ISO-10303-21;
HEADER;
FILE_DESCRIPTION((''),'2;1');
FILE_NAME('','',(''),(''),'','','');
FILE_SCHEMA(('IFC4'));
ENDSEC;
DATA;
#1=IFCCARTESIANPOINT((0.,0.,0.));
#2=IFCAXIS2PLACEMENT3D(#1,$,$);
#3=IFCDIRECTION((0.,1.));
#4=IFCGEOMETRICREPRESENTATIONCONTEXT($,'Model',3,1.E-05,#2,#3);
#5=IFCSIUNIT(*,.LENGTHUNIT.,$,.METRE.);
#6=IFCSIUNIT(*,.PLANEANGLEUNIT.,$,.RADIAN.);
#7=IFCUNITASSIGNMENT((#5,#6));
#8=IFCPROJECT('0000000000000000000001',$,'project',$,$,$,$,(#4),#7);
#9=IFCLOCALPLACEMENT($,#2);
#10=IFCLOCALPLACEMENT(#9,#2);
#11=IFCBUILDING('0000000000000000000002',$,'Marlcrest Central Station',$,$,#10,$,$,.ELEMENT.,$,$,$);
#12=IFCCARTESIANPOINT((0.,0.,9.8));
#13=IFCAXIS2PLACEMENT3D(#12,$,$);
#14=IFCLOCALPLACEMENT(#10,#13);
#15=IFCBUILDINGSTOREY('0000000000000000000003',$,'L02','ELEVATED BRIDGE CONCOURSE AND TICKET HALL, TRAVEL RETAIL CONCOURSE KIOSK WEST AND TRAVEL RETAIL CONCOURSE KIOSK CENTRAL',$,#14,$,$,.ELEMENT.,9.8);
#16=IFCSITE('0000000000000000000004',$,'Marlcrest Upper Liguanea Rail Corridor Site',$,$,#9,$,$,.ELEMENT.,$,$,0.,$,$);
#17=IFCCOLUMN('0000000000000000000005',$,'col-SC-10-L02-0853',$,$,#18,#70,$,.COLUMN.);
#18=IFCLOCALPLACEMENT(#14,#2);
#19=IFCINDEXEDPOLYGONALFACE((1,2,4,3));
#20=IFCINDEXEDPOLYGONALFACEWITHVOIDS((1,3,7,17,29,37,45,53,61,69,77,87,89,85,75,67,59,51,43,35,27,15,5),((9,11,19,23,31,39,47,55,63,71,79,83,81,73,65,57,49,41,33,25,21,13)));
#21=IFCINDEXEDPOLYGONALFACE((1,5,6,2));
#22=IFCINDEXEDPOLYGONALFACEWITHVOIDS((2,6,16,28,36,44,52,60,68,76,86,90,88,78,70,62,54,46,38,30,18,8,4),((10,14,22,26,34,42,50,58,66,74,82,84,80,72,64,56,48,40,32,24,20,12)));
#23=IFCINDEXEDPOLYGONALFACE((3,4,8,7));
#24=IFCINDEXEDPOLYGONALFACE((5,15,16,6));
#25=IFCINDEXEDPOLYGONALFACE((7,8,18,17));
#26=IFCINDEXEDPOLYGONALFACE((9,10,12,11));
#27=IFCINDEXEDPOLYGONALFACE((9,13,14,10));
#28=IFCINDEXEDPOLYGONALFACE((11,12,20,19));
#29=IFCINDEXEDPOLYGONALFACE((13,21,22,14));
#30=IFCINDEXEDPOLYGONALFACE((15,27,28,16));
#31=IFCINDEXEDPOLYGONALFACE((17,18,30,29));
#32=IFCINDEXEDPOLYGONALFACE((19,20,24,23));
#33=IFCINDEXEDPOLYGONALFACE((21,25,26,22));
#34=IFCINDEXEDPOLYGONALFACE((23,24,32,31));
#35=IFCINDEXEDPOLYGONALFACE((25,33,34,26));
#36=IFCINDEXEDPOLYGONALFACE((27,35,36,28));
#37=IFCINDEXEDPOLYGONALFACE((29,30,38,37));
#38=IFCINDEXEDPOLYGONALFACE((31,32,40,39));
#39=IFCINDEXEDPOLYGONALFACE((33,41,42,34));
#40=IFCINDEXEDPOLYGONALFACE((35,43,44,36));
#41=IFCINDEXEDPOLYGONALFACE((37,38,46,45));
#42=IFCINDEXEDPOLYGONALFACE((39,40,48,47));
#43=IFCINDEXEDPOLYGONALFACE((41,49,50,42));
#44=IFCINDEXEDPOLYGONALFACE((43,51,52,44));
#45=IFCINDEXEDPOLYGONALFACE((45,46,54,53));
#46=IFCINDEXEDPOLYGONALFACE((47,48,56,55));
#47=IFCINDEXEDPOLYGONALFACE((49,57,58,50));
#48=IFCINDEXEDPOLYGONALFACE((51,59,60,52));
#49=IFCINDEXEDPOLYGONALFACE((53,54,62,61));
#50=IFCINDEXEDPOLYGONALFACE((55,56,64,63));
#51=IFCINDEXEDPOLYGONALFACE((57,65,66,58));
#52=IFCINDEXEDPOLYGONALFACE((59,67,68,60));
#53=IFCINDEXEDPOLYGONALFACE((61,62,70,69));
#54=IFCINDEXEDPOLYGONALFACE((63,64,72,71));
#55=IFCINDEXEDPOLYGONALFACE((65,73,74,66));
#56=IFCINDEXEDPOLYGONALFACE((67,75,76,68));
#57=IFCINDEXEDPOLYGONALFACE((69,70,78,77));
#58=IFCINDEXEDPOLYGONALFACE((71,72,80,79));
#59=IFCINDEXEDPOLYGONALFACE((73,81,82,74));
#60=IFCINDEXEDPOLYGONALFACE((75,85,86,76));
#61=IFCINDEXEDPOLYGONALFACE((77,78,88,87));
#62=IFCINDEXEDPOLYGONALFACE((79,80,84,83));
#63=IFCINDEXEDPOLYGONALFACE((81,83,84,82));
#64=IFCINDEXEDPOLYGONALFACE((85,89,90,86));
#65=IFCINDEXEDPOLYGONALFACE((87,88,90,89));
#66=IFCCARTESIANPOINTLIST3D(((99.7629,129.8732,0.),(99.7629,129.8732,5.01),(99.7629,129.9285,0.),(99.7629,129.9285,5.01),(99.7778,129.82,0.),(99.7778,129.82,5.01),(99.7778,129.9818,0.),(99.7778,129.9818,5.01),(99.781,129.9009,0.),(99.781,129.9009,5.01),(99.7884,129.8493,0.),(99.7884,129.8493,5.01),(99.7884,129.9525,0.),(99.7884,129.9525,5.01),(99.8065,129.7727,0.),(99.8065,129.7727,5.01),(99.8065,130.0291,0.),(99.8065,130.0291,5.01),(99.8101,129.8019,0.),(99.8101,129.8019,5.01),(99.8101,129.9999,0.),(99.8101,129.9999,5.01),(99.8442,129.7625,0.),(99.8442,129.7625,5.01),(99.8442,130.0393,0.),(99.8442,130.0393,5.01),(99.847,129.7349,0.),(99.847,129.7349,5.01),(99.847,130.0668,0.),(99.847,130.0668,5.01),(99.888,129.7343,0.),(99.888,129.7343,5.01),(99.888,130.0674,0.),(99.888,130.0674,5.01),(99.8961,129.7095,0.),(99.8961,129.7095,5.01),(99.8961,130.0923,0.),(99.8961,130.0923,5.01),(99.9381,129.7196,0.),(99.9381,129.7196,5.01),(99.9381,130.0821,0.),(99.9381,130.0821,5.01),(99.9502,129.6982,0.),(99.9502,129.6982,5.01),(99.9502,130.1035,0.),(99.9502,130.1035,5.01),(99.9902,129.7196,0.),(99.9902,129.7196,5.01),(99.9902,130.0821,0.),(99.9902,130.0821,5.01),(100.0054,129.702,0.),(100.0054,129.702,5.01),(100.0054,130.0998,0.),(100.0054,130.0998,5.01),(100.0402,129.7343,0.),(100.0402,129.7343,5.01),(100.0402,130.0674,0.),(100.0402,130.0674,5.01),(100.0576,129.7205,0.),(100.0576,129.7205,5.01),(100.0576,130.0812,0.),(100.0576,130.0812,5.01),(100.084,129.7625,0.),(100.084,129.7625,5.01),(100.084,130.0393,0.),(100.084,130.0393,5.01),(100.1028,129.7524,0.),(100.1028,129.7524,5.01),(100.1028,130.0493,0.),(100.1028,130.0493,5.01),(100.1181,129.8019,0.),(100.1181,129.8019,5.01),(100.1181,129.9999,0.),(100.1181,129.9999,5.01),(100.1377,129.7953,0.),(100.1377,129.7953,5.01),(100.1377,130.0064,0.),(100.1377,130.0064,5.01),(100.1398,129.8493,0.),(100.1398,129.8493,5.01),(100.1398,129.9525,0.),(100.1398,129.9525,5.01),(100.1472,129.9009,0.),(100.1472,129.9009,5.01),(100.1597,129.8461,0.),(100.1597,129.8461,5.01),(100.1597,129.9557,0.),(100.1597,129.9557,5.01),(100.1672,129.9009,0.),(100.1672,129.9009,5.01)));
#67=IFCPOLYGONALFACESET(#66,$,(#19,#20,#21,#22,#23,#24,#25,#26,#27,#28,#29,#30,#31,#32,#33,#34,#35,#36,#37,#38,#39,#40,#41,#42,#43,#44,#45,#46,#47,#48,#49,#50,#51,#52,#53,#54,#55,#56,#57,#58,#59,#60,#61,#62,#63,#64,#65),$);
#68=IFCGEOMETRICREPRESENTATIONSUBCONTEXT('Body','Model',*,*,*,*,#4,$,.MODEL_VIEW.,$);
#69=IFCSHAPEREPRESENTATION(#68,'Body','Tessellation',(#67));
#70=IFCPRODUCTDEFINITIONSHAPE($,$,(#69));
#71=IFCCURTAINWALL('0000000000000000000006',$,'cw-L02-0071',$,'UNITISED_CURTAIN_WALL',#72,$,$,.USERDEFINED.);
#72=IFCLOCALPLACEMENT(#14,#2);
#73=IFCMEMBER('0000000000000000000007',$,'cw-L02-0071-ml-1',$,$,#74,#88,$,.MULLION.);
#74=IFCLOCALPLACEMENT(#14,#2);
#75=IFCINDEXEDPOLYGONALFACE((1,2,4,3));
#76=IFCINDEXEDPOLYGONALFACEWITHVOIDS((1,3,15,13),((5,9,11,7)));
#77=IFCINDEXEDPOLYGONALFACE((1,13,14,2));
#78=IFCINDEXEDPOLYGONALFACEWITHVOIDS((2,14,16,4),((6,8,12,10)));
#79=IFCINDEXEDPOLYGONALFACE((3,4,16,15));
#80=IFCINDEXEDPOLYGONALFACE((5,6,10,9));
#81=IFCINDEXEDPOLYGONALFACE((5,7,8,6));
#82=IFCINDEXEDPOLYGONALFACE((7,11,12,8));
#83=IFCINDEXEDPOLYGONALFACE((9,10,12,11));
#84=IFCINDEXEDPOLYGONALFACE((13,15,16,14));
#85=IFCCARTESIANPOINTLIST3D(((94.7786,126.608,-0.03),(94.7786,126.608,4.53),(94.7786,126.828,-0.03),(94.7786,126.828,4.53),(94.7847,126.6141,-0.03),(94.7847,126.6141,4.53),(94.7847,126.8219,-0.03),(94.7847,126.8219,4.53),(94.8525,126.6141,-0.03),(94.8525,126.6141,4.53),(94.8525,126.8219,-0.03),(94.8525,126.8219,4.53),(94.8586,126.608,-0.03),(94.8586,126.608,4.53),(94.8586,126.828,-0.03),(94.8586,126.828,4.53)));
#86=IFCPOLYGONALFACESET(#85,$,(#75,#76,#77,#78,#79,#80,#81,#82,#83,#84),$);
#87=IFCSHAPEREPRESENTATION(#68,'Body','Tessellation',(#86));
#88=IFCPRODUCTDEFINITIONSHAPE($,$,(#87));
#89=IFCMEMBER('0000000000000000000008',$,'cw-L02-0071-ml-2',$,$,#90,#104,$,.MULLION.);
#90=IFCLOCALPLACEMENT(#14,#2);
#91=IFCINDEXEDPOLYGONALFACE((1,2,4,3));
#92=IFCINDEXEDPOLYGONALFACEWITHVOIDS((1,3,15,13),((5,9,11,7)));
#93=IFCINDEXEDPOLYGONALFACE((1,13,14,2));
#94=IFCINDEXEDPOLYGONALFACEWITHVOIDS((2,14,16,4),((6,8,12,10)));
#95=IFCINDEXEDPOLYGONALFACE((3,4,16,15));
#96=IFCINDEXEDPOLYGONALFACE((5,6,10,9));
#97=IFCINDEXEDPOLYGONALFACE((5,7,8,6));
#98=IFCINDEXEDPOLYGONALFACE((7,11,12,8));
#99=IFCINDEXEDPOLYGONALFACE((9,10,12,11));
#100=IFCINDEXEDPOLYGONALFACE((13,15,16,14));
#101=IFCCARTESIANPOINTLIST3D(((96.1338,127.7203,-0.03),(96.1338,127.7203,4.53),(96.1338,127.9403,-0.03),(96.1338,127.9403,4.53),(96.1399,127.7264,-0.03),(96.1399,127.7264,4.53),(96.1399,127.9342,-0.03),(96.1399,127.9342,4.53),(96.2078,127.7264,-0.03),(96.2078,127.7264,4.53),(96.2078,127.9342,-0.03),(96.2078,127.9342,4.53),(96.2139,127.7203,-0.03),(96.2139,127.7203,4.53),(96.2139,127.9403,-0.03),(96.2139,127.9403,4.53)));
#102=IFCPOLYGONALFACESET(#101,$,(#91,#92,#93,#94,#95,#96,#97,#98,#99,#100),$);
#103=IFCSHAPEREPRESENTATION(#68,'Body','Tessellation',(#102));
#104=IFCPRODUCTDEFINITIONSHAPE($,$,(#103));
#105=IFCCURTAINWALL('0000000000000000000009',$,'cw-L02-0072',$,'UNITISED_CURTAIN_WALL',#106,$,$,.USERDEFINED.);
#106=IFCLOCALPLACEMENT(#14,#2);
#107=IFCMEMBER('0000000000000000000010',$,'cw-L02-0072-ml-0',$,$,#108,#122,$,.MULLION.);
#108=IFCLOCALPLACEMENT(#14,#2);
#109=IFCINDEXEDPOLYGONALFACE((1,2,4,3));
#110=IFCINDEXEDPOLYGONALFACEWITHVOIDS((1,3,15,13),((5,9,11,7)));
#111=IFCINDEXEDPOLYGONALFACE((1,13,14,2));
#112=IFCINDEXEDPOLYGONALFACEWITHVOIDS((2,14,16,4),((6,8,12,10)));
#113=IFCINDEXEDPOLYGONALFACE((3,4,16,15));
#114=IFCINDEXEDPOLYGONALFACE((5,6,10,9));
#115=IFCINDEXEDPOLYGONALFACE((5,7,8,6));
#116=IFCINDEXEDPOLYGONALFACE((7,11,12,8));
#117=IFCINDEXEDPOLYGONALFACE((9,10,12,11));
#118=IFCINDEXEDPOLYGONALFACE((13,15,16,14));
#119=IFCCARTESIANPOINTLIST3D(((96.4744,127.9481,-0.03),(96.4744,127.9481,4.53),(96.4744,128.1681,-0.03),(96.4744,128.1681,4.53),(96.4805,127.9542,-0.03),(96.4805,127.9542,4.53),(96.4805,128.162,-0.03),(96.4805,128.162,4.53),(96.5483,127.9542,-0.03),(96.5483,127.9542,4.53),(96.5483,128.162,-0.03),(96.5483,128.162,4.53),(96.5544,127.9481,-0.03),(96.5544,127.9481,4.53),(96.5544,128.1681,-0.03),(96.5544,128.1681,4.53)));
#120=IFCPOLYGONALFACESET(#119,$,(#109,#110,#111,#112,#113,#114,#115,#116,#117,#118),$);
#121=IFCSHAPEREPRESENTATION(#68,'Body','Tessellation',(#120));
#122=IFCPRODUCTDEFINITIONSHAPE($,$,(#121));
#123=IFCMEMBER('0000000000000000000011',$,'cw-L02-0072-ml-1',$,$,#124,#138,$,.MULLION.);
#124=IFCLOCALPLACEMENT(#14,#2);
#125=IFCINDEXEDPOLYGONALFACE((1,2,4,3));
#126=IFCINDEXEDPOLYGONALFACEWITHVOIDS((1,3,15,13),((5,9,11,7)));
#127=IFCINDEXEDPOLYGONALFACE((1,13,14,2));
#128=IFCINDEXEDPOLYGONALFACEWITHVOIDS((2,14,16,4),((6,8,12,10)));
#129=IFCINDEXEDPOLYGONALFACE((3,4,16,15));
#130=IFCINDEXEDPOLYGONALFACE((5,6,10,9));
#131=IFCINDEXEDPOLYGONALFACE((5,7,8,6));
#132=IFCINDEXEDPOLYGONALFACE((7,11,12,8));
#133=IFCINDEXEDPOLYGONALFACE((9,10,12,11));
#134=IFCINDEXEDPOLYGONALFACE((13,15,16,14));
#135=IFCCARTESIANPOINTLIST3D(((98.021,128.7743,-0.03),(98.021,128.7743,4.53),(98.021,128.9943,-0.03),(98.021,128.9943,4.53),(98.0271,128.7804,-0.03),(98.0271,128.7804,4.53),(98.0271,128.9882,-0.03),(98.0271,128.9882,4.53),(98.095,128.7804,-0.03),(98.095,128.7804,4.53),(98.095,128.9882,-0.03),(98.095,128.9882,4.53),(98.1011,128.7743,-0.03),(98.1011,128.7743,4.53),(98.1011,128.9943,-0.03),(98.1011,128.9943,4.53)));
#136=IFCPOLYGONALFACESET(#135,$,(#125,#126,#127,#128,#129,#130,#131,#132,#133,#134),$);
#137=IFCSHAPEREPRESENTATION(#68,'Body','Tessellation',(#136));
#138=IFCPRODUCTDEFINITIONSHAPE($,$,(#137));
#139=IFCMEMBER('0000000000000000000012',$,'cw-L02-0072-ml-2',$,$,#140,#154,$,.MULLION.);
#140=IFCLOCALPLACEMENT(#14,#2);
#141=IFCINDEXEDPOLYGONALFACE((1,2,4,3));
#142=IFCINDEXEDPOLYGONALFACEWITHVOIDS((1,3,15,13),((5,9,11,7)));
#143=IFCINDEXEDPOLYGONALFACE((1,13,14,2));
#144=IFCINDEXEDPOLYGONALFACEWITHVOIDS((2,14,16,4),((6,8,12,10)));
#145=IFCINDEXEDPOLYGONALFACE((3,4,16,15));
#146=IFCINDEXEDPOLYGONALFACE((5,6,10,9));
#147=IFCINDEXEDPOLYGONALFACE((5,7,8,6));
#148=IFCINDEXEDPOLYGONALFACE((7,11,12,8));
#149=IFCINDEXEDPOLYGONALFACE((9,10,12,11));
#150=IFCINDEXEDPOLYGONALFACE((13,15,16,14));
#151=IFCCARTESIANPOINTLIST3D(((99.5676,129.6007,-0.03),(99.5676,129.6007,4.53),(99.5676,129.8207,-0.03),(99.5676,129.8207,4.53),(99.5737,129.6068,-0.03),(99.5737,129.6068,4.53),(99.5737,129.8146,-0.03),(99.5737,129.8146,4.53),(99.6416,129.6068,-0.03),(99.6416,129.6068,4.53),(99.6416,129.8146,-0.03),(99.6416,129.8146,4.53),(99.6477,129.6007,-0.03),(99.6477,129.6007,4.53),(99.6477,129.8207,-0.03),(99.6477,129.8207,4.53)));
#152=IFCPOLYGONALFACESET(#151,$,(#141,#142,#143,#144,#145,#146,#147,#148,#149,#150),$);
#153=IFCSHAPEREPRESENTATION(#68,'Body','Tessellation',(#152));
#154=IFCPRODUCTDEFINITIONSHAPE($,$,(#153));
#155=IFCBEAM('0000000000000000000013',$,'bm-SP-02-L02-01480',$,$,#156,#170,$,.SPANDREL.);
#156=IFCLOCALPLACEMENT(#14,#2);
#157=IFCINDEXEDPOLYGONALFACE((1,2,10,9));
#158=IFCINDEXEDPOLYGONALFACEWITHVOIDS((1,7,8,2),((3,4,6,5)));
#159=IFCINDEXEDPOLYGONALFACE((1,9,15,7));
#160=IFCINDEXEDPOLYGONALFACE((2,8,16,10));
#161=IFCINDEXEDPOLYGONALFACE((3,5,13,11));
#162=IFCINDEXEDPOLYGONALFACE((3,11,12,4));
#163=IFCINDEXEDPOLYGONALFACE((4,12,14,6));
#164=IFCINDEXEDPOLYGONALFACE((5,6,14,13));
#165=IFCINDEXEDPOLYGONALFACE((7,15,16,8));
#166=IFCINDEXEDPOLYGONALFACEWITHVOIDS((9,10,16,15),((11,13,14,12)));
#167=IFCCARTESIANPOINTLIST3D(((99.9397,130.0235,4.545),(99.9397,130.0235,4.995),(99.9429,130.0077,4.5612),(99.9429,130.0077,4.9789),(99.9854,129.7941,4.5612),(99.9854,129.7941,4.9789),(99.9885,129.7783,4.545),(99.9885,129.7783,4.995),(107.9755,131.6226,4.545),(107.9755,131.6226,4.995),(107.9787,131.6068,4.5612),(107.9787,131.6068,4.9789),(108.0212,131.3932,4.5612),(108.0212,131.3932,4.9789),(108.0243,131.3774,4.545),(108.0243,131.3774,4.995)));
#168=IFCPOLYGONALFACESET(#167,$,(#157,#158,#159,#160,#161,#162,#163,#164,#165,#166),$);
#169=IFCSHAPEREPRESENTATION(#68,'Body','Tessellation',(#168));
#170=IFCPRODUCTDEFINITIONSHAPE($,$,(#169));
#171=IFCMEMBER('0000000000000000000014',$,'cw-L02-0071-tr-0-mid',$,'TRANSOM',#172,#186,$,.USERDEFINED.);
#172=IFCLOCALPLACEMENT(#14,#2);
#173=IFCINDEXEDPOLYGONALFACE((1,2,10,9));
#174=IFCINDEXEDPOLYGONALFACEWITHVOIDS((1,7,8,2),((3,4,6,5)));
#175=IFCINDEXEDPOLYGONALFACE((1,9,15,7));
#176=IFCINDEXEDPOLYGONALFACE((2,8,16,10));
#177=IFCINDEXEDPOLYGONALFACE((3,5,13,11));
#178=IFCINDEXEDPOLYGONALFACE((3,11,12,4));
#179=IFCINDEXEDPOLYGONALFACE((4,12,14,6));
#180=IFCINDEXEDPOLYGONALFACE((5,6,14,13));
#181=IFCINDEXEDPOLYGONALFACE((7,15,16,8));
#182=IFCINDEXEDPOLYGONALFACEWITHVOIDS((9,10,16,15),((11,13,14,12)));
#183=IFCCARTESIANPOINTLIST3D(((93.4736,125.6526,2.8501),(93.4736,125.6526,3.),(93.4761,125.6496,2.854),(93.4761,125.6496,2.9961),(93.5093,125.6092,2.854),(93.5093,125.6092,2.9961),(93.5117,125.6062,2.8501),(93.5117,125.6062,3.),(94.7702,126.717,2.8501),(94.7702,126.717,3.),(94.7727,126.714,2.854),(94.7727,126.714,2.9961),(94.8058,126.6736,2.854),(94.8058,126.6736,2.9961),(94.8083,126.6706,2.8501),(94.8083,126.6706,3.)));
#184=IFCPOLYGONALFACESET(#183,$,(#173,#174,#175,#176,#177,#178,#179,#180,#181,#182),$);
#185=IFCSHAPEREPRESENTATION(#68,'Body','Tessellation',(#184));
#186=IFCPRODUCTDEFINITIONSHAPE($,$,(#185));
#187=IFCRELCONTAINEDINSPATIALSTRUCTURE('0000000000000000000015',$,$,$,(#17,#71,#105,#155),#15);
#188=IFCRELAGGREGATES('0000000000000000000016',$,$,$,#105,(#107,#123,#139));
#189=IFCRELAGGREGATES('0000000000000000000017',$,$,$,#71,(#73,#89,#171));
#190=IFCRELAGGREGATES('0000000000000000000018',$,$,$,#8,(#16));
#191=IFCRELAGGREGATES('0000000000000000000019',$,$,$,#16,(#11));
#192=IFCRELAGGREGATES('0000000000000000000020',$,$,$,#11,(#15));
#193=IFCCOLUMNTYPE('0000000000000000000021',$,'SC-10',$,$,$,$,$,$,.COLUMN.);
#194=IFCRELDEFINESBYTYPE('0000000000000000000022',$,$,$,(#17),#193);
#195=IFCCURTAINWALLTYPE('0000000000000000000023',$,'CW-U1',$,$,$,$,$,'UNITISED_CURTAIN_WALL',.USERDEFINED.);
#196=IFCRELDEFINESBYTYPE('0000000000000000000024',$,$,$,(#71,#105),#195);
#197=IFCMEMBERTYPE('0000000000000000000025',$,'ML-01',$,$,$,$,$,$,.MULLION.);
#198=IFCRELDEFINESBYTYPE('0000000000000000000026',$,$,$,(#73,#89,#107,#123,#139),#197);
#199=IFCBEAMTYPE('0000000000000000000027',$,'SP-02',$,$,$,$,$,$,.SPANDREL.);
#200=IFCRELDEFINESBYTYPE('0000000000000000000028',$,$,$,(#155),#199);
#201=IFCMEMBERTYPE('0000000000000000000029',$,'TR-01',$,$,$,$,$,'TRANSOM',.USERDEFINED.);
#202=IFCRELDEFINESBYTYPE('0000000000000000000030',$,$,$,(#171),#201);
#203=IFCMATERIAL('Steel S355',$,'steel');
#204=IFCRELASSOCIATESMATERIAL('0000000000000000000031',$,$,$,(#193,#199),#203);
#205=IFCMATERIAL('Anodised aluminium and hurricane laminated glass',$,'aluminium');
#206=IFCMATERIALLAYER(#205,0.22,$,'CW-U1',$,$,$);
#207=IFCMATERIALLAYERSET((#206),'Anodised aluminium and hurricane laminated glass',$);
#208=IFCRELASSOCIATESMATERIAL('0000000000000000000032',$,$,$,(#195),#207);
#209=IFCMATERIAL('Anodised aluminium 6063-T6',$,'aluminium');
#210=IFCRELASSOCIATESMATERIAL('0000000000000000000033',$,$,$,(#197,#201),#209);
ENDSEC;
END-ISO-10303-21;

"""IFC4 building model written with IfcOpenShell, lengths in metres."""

from ifc_helpers import new_model, si_unit, direction, frame, origin, origin_2d, place, context, subcontext, project, spatial, hollow_rectangle, hollow_circle, extrude, material, layer, layer_set, material_profile, profile_set, type_object, element, aggregate, save


model = new_model("IFC4")

# Units and contexts
model_context = context("Model", 3, precision=1e-05, world=origin(), true_north=direction((0.0, 1.0)))
body_context = subcontext(model_context, "Body", "Model", "MODEL_VIEW")
ifc_project = project(units=[si_unit("LENGTHUNIT", "METRE"), si_unit("PLANEANGLEUNIT", "RADIAN")], contexts=[model_context])

# Site, building, storey
site_placement = place(None, origin())
site = spatial("IfcSite", under=ifc_project, at=site_placement, Name="Marlcrest Upper Liguanea Rail Corridor Site", CompositionType="ELEMENT", RefElevation=0.0)
building_placement = place(site_placement, origin())
building = spatial("IfcBuilding", under=site, at=building_placement, Name="Marlcrest Central Station", CompositionType="ELEMENT")
storey_placement = place(building_placement, frame((0.0, 0.0, 9.8)))
storey = spatial("IfcBuildingStorey", under=building, at=storey_placement, Name="L02", Description="ELEVATED BRIDGE CONCOURSE AND TICKET HALL, TRAVEL RETAIL CONCOURSE KIOSK WEST AND TRAVEL RETAIL CONCOURSE KIOSK CENTRAL", CompositionType="ELEMENT", Elevation=9.8)

# Column
ifc_material_1 = material(Name="Steel S355", Category="steel")
ifc_material_profile_1 = material_profile(ifc_material_1, hollow_circle(Radius=0.2031, WallThickness=0.02, at=origin_2d()), Name="CHS 406.4x20")
ifc_profile_set_1 = profile_set([ifc_material_profile_1], Name="Steel S355")
column_type = type_object("IfcColumnType", Name="SC-10", PredefinedType="COLUMN", material=ifc_profile_set_1)
column_placement = place(storey_placement, frame((99.9641, 129.9009, 0.0), z_axis=(0.0, 0.0, 1.0), x_axis=(1.0, 0.0, 0.0)))
element("IfcColumn", 1, at=column_placement, inside=storey, type_object=column_type, Name="col-SC-10-L02-0853", PredefinedType="COLUMN", context=body_context, shape_type="SweptSolid", body=[
    extrude(hollow_circle(Radius=0.2031, WallThickness=0.02, at=origin_2d()), origin(), (0.0, 0.0, 1.0), 5.01),
])

# Curtain walls, members
ifc_material_2 = material(Name="Anodised aluminium and hurricane laminated glass", Category="aluminium")
ifc_layer_1 = layer(ifc_material_2, 0.22, Name="CW-U1")
ifc_layer_set_1 = layer_set([ifc_layer_1], Name="Anodised aluminium and hurricane laminated glass")
curtain_wall_type = type_object("IfcCurtainWallType", Name="CW-U1", ElementType="UNITISED_CURTAIN_WALL", PredefinedType="USERDEFINED", material=ifc_layer_set_1)
curtain_wall_1_placement = place(storey_placement, origin())
curtain_wall_1 = element("IfcCurtainWall", 2, at=curtain_wall_1_placement, inside=storey, type_object=curtain_wall_type, Name="cw-L02-0071", ObjectType="UNITISED_CURTAIN_WALL", PredefinedType="USERDEFINED")
ifc_material_3 = material(Name="Anodised aluminium 6063-T6", Category="aluminium")
ifc_material_profile_2 = material_profile(ifc_material_3, hollow_rectangle(XDim=0.0801, YDim=0.22, WallThickness=0.0061, at=origin_2d()), Name="AA-RHS 220x80x6")
ifc_profile_set_2 = profile_set([ifc_material_profile_2], Name="Anodised aluminium 6063-T6")
member_type_1 = type_object("IfcMemberType", Name="ML-01", PredefinedType="MULLION", material=ifc_profile_set_2)
member_1_placement = place(storey_placement, frame((94.8186, 126.718, -0.03), z_axis=(0.0, 0.0, 1.0), x_axis=(1.0, 0.0, 0.0)))
member_1 = element("IfcMember", 3, at=member_1_placement, type_object=member_type_1, Name="cw-L02-0071-ml-1", PredefinedType="MULLION", context=body_context, shape_type="SweptSolid", body=[
    extrude(hollow_rectangle(XDim=0.0801, YDim=0.22, WallThickness=0.0061, at=origin_2d()), origin(), (0.0, 0.0, 1.0), 4.5601),
])
member_2_placement = place(storey_placement, frame((96.1738, 127.8303, -0.03), z_axis=(0.0, 0.0, 1.0), x_axis=(1.0, 0.0, 0.0)))
member_2 = element("IfcMember", 4, at=member_2_placement, type_object=member_type_1, Name="cw-L02-0071-ml-2", PredefinedType="MULLION", context=body_context, shape_type="SweptSolid", body=[
    extrude(hollow_rectangle(XDim=0.0801, YDim=0.22, WallThickness=0.0061, at=origin_2d()), origin(), (0.0, 0.0, 1.0), 4.5601),
])
curtain_wall_2_placement = place(storey_placement, origin())
curtain_wall_2 = element("IfcCurtainWall", 5, at=curtain_wall_2_placement, inside=storey, type_object=curtain_wall_type, Name="cw-L02-0072", ObjectType="UNITISED_CURTAIN_WALL", PredefinedType="USERDEFINED")
member_3_placement = place(storey_placement, frame((96.5144, 128.0581, -0.03), z_axis=(0.0, 0.0, 1.0), x_axis=(1.0, 0.0, 0.0)))
member_3 = element("IfcMember", 6, at=member_3_placement, type_object=member_type_1, Name="cw-L02-0072-ml-0", PredefinedType="MULLION", context=body_context, shape_type="SweptSolid", body=[
    extrude(hollow_rectangle(XDim=0.0801, YDim=0.22, WallThickness=0.0061, at=origin_2d()), origin(), (0.0, 0.0, 1.0), 4.5601),
])
member_4_placement = place(storey_placement, frame((98.061, 128.8843, -0.03), z_axis=(0.0, 0.0, 1.0), x_axis=(1.0, 0.0, 0.0)))
member_4 = element("IfcMember", 7, at=member_4_placement, type_object=member_type_1, Name="cw-L02-0072-ml-1", PredefinedType="MULLION", context=body_context, shape_type="SweptSolid", body=[
    extrude(hollow_rectangle(XDim=0.0801, YDim=0.22, WallThickness=0.0061, at=origin_2d()), origin(), (0.0, 0.0, 1.0), 4.5601),
])
member_5_placement = place(storey_placement, frame((99.6077, 129.7107, -0.03), z_axis=(0.0, 0.0, 1.0), x_axis=(1.0, 0.0, 0.0)))
member_5 = element("IfcMember", 8, at=member_5_placement, type_object=member_type_1, Name="cw-L02-0072-ml-2", PredefinedType="MULLION", context=body_context, shape_type="SweptSolid", body=[
    extrude(hollow_rectangle(XDim=0.0801, YDim=0.22, WallThickness=0.0061, at=origin_2d()), origin(), (0.0, 0.0, 1.0), 4.5601),
])

# Beam
ifc_material_profile_3 = material_profile(ifc_material_1, hollow_rectangle(XDim=0.25, YDim=0.45, WallThickness=0.0161, at=origin_2d()), Name="RHS 450x250x16")
ifc_profile_set_3 = profile_set([ifc_material_profile_3], Name="Steel S355")
beam_type = type_object("IfcBeamType", Name="SP-02", PredefinedType="SPANDREL", material=ifc_profile_set_3)
beam_placement = place(storey_placement, frame((99.9641, 129.9009, 4.77), z_axis=(0.980769, 0.195171, 0.0), x_axis=(-0.195171, 0.980769, 0.0)))
element("IfcBeam", 9, at=beam_placement, inside=storey, type_object=beam_type, Name="bm-SP-02-L02-01480", PredefinedType="SPANDREL", context=body_context, shape_type="SweptSolid", body=[
    extrude(hollow_rectangle(XDim=0.25, YDim=0.45, WallThickness=0.0161, at=origin_2d()), origin(), (0.0, 0.0, 1.0), 8.1934),
])

# Member
ifc_material_profile_4 = material_profile(ifc_material_3, hollow_rectangle(XDim=0.0601, YDim=0.1499, WallThickness=0.0039, at=origin_2d()), Name="AA-RHS 150x60x4")
ifc_profile_set_4 = profile_set([ifc_material_profile_4], Name="Anodised aluminium 6063-T6")
member_type_2 = type_object("IfcMemberType", Name="TR-01", ElementType="TRANSOM", PredefinedType="USERDEFINED", material=ifc_profile_set_4)
member_6_placement = place(storey_placement, frame((93.4927, 125.6294, 2.925), z_axis=(0.772912, 0.634513, 0.0), x_axis=(-0.634513, 0.772912, 0.0)))
member_6 = element("IfcMember", 10, at=member_6_placement, type_object=member_type_2, Name="cw-L02-0071-tr-0-mid", ObjectType="TRANSOM", PredefinedType="USERDEFINED", context=body_context, shape_type="SweptSolid", body=[
    extrude(hollow_rectangle(XDim=0.0601, YDim=0.1499, WallThickness=0.0039, at=origin_2d()), origin(), (0.0, 0.0, 1.0), 1.6775),
])

aggregate(curtain_wall_2, [member_3, member_4, member_5])
aggregate(curtain_wall_1, [member_1, member_2, member_6])

save(model, "model.ifc")
